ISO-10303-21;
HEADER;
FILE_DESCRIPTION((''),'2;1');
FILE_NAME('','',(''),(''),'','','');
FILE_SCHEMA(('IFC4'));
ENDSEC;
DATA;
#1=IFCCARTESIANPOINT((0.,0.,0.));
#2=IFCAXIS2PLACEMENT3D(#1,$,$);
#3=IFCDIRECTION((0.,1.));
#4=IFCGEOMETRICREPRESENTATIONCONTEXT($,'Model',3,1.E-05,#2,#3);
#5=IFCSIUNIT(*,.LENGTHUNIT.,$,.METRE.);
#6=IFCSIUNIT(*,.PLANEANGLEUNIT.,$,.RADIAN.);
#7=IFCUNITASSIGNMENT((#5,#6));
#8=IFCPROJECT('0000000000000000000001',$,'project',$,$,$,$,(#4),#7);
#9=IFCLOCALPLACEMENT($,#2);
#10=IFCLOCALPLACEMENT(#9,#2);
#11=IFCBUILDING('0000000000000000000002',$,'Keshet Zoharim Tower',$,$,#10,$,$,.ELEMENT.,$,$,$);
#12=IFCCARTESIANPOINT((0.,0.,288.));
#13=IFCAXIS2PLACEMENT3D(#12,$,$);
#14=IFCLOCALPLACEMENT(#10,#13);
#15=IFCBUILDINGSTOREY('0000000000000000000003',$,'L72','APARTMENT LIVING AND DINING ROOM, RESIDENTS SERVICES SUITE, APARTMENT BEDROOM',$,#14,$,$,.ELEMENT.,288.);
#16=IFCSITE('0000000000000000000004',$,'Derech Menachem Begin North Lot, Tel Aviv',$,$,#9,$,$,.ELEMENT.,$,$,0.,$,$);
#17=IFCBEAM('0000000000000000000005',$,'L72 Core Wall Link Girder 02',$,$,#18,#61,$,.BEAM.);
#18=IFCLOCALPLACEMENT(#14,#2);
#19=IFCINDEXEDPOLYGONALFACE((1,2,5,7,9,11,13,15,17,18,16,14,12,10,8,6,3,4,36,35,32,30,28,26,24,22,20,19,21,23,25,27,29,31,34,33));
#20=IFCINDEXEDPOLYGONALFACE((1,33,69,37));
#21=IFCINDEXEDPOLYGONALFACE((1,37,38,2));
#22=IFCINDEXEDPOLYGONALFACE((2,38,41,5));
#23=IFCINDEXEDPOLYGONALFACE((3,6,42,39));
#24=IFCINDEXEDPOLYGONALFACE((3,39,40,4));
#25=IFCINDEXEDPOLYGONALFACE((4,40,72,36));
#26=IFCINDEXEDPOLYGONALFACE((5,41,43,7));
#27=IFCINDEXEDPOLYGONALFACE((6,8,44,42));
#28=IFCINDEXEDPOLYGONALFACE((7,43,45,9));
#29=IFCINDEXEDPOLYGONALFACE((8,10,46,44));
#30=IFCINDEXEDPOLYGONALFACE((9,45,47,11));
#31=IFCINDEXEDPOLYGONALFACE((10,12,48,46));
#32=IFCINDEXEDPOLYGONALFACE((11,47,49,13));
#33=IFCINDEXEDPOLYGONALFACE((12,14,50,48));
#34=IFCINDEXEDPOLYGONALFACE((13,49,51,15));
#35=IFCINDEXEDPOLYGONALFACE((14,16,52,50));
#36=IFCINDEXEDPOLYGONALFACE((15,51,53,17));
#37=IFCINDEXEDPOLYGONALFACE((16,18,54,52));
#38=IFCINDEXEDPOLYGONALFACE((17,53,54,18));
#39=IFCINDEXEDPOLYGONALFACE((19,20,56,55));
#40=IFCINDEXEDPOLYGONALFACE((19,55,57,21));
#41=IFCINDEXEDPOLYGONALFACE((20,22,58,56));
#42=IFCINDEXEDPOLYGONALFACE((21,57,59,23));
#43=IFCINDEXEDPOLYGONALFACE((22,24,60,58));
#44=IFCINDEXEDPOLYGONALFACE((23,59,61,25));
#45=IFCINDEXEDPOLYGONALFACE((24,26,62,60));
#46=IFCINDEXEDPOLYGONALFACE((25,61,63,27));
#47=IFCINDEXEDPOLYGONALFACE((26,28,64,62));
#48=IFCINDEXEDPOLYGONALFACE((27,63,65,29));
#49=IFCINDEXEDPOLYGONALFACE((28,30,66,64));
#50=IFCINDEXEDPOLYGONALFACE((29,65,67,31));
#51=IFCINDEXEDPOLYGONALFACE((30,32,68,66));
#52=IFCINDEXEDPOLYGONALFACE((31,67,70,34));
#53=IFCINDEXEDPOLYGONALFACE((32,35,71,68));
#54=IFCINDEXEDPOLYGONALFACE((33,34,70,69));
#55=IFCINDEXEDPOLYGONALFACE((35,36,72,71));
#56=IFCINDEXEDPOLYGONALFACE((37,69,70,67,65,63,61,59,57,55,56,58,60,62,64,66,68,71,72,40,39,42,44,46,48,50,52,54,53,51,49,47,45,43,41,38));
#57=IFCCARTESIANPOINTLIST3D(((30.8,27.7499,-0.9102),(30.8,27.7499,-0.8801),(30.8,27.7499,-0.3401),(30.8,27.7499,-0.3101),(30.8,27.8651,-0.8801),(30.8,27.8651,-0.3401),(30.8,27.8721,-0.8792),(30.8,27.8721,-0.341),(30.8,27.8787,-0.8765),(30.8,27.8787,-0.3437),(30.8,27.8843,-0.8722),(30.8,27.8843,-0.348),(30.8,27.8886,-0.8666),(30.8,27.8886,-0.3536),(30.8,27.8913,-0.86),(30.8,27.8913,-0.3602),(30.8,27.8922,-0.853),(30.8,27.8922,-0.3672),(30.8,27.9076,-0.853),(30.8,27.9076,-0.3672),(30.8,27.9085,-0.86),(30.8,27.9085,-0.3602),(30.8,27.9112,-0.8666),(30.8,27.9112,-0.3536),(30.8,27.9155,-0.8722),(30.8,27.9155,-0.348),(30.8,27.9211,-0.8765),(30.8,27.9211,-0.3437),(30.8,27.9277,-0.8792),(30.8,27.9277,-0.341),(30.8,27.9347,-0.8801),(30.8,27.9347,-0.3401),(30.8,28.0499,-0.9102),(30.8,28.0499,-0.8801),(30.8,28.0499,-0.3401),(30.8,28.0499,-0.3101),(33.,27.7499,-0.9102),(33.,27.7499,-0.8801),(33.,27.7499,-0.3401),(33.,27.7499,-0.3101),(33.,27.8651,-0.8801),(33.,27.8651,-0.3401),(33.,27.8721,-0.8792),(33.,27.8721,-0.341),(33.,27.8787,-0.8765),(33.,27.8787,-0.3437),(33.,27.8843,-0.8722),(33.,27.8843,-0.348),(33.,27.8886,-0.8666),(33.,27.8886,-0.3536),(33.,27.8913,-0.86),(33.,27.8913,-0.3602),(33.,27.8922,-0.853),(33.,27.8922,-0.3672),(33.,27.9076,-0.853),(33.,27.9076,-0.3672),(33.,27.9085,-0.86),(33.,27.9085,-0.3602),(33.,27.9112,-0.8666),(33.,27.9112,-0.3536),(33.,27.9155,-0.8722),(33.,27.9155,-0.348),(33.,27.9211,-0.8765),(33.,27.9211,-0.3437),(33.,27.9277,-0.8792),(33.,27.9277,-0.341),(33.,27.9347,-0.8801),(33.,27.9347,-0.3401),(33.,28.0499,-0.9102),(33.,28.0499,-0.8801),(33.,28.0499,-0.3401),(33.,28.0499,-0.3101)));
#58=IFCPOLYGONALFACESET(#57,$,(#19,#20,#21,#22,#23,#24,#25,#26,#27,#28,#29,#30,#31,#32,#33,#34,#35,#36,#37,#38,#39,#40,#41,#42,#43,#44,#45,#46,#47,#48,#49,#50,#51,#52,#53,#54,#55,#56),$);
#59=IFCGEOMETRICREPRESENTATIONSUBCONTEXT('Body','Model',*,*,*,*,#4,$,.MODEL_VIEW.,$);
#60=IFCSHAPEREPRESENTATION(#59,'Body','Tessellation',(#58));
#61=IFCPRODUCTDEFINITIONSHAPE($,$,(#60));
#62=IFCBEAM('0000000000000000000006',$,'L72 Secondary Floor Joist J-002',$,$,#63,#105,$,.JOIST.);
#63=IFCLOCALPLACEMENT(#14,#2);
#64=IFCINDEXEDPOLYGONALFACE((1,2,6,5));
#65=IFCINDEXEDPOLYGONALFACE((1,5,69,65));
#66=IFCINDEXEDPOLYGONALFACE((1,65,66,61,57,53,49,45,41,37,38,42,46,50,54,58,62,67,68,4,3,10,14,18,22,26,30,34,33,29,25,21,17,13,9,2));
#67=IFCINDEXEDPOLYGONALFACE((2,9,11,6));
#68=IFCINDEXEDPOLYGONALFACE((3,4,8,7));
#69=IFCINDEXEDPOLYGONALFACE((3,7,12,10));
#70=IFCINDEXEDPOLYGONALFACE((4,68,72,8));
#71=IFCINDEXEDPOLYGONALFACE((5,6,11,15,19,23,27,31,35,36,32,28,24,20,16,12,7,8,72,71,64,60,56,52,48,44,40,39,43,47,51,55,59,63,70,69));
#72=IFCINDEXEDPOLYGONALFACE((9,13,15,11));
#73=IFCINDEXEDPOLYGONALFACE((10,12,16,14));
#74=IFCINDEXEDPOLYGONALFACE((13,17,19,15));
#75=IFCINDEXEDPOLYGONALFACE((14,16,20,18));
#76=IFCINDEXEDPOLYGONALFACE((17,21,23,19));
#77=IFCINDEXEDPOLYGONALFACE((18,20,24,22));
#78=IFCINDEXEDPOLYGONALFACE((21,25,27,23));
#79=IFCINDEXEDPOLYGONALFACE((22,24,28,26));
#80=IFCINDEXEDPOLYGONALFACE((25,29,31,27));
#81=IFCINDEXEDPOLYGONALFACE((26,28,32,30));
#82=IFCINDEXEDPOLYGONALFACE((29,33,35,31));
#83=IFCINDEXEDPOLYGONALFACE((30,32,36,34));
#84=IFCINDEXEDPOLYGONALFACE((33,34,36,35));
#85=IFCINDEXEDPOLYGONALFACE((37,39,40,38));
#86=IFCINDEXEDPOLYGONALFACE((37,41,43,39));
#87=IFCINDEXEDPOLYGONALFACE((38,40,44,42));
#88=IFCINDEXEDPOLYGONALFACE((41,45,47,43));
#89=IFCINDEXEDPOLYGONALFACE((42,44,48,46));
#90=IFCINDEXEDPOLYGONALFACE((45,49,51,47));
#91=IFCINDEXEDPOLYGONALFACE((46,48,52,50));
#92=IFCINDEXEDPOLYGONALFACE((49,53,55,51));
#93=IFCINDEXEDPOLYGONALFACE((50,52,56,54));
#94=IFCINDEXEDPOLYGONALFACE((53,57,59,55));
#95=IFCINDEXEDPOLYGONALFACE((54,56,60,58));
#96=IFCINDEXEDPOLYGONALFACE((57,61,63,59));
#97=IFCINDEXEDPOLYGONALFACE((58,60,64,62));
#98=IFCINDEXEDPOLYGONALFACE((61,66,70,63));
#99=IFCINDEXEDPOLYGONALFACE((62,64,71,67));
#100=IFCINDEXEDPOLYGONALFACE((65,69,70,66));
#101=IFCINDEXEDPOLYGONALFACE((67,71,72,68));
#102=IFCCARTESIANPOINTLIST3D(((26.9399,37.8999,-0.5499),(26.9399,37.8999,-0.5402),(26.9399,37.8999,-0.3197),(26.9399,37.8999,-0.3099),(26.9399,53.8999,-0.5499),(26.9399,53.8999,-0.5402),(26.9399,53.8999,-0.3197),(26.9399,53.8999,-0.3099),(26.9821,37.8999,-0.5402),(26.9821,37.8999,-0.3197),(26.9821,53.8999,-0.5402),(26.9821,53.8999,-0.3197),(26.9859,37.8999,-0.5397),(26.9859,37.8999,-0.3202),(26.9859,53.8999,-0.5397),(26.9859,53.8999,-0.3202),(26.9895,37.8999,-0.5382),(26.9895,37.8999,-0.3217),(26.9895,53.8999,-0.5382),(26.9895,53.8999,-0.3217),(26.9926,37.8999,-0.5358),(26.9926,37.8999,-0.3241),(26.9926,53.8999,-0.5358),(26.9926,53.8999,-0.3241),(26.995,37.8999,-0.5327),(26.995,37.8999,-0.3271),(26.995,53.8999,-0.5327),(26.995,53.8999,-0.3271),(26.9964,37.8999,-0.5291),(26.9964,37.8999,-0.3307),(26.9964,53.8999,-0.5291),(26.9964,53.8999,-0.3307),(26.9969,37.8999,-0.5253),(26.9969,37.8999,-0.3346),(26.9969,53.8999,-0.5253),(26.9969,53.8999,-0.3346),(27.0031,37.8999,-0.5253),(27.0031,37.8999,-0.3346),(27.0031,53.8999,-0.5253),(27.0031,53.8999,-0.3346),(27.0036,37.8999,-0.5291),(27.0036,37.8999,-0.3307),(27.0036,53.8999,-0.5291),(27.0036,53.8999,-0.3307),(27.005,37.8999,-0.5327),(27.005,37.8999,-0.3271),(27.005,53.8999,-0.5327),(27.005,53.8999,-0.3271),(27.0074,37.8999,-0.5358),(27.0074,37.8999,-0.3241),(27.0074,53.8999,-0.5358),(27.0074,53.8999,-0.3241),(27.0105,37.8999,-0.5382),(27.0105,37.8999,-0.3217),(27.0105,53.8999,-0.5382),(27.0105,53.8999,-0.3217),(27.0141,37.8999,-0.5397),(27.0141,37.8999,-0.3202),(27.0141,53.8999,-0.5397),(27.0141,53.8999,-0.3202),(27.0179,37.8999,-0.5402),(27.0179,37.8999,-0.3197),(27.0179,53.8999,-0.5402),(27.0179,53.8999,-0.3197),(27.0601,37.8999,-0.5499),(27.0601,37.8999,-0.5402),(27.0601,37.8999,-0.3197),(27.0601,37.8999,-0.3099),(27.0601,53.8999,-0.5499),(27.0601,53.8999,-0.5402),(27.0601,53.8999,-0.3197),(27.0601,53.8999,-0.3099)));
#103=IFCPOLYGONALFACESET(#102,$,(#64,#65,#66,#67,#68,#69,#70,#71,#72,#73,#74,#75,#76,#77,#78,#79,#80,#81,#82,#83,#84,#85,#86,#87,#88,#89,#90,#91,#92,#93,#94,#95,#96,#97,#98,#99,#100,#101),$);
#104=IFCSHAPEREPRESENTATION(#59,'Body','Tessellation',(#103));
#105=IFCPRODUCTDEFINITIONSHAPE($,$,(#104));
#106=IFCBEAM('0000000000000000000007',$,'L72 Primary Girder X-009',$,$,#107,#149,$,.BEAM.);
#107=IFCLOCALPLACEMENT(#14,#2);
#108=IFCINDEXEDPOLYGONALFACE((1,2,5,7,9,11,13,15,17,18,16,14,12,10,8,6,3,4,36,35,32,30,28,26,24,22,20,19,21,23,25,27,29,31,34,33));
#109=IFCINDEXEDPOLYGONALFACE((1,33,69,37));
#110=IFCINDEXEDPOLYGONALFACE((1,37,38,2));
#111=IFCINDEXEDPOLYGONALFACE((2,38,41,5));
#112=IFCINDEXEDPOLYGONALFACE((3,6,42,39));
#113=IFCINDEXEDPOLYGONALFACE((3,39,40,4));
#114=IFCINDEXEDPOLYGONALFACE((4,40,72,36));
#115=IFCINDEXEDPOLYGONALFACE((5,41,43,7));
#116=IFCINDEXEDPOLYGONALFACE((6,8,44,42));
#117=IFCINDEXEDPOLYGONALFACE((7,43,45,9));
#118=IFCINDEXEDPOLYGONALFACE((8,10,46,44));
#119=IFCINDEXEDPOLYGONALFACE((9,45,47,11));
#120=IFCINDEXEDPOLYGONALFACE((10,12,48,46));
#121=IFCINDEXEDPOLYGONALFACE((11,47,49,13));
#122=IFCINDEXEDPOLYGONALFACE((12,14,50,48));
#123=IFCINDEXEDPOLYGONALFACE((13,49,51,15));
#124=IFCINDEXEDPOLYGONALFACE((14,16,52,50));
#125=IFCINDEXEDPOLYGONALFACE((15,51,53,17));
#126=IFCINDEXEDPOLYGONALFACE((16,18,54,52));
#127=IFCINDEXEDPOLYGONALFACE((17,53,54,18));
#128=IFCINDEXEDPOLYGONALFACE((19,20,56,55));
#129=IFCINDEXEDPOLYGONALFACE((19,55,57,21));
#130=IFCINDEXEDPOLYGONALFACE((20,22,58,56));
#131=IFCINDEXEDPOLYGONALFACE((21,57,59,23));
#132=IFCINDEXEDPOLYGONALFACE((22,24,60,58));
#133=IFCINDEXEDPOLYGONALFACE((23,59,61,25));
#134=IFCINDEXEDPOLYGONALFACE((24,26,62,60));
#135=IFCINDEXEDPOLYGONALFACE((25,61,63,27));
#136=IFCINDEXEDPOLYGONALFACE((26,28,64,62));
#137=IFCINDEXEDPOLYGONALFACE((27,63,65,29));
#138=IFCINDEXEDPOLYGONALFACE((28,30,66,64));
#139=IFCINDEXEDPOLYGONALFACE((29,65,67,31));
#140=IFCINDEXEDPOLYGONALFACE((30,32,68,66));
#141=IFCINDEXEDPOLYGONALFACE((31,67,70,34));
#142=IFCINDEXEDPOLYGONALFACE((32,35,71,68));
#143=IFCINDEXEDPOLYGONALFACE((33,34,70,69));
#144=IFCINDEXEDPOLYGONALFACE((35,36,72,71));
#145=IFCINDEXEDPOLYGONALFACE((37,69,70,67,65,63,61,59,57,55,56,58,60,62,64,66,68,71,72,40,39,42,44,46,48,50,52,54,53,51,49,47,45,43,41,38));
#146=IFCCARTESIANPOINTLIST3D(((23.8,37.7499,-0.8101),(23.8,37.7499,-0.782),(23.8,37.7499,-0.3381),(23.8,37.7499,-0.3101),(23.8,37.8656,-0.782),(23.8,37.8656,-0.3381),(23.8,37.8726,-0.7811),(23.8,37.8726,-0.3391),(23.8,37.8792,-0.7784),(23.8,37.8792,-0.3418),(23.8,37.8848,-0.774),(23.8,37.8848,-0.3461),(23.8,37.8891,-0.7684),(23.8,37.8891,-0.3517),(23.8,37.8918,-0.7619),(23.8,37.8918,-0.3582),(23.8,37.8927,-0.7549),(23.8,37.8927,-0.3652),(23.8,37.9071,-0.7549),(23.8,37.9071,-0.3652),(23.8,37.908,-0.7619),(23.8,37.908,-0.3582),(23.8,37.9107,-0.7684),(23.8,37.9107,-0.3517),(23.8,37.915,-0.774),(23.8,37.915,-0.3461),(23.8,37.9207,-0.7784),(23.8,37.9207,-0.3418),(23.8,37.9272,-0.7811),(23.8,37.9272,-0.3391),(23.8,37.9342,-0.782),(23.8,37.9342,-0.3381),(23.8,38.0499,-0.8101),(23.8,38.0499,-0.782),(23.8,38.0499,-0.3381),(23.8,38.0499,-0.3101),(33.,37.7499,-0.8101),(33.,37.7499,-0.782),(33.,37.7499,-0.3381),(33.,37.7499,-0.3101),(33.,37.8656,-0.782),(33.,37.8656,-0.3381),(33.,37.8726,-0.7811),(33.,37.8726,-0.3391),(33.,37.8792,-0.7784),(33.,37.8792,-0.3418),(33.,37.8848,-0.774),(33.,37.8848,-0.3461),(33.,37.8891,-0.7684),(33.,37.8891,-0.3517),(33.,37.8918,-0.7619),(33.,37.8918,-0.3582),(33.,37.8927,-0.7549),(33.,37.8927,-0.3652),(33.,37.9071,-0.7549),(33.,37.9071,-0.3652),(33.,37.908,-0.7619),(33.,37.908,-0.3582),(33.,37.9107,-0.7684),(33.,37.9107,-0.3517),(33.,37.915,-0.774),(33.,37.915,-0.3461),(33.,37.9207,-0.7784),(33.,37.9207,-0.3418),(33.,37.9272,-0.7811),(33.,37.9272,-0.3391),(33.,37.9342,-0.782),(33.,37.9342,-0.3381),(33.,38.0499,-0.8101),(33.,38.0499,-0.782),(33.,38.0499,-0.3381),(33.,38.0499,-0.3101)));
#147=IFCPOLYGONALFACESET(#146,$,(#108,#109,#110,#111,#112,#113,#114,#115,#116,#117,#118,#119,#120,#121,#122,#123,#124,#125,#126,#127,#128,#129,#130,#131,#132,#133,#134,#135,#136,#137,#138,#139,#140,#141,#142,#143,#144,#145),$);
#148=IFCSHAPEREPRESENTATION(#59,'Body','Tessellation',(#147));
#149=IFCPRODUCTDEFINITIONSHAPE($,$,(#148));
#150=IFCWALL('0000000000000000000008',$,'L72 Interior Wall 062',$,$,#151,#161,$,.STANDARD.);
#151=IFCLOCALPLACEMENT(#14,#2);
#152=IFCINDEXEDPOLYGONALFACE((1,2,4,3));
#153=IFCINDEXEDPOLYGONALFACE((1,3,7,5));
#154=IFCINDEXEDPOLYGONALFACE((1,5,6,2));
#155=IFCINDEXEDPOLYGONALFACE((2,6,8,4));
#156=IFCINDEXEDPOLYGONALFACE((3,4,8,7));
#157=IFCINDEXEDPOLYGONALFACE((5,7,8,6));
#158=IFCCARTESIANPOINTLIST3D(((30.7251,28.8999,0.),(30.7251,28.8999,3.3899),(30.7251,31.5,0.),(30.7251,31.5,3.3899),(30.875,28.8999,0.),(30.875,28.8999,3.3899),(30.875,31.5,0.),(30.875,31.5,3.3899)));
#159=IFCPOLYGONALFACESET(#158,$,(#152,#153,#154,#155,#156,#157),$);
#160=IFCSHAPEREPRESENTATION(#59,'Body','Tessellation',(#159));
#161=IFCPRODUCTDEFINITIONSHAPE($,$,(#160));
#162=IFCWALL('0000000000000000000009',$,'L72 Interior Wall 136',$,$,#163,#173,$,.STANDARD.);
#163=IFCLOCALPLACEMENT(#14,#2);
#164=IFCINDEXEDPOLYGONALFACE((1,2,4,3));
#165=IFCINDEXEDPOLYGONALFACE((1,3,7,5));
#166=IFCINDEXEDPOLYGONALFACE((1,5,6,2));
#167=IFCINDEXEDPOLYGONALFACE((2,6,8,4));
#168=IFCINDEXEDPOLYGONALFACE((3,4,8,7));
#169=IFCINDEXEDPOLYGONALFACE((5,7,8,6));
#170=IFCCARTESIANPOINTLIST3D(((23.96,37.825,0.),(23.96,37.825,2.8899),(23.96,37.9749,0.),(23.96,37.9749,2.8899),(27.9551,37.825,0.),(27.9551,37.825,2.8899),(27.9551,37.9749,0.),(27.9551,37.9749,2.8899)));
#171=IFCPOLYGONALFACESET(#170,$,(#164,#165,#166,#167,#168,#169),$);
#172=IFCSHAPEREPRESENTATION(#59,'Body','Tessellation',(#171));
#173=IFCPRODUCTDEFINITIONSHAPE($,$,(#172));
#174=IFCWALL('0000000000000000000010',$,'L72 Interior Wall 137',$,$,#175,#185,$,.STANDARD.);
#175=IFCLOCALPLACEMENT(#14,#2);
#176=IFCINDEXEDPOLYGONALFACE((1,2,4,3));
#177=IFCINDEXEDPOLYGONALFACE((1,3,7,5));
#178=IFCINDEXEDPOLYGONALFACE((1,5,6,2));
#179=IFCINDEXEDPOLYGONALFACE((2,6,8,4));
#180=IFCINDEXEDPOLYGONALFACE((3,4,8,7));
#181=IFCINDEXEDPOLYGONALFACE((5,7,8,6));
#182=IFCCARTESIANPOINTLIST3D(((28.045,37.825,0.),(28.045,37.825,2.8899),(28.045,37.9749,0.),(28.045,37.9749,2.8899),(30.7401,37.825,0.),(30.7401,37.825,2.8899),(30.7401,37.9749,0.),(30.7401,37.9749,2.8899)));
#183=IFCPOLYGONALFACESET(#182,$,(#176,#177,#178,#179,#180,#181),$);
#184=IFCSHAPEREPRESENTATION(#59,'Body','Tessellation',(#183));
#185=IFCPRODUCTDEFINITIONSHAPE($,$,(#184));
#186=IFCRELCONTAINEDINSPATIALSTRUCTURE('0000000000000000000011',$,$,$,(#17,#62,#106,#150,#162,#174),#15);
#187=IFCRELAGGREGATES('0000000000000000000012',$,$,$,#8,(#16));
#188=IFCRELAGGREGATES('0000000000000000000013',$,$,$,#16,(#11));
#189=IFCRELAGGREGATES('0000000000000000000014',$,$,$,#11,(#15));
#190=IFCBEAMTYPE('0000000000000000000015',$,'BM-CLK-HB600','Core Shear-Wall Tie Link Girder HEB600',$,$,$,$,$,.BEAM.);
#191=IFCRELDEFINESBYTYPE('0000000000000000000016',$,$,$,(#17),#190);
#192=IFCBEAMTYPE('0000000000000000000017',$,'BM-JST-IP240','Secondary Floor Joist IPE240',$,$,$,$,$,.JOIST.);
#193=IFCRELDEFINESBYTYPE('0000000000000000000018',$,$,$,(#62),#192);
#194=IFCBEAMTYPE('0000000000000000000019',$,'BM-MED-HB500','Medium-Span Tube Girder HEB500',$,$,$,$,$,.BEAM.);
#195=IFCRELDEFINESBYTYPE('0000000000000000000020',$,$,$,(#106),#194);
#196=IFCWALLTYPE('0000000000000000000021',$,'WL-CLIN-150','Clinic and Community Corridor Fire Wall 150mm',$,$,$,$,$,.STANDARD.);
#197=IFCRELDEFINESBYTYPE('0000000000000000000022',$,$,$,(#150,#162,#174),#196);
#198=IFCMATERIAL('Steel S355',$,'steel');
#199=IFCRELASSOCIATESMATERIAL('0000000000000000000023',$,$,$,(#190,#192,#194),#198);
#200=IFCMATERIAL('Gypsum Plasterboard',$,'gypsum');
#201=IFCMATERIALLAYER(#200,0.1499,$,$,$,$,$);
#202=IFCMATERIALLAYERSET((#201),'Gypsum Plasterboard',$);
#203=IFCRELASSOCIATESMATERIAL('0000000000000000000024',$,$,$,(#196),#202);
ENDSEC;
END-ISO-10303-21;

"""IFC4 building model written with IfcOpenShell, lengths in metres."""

from ifc_helpers import new_model, si_unit, direction, frame, frame_2d, origin, origin_2d, place, context, subcontext, project, spatial, rectangle, i_section, extrude, material, layer, layer_set, material_profile, profile_set, type_object, element, save


model = new_model("IFC4")

# Units and contexts
model_context = context("Model", 3, precision=1e-05, world=origin(), true_north=direction((0.0, 1.0)))
body_context = subcontext(model_context, "Body", "Model", "MODEL_VIEW")
ifc_project = project(units=[si_unit("LENGTHUNIT", "METRE"), si_unit("PLANEANGLEUNIT", "RADIAN")], contexts=[model_context])

# Site, building, storey
site_placement = place(None, origin())
site = spatial("IfcSite", under=ifc_project, at=site_placement, Name="Derech Menachem Begin North Lot, Tel Aviv", CompositionType="ELEMENT", RefElevation=0.0)
building_placement = place(site_placement, origin())
building = spatial("IfcBuilding", under=site, at=building_placement, Name="Keshet Zoharim Tower", CompositionType="ELEMENT")
storey_placement = place(building_placement, frame((0.0, 0.0, 288.0)))
storey = spatial("IfcBuildingStorey", under=building, at=storey_placement, Name="L72", Description="APARTMENT LIVING AND DINING ROOM, RESIDENTS SERVICES SUITE, APARTMENT BEDROOM", CompositionType="ELEMENT", Elevation=288.0)

# Beams
ifc_material_1 = material(Name="Steel S355", Category="steel")
ifc_material_profile_1 = material_profile(ifc_material_1, i_section(OverallWidth=0.3, OverallDepth=0.6001, WebThickness=0.0154, FlangeThickness=0.03, FilletRadius=0.0271, at=origin_2d()), Name="HEB600")
ifc_profile_set_1 = profile_set([ifc_material_profile_1], Name="Steel S355")
beam_type_1 = type_object("IfcBeamType", Name="BM-CLK-HB600", Description="Core Shear-Wall Tie Link Girder HEB600", PredefinedType="BEAM", material=ifc_profile_set_1)
beam_1_placement = place(storey_placement, frame((30.8, 27.8999, -0.6101), z_axis=(1.0, 0.0, 0.0), x_axis=(0.0, 1.0, 0.0)))
element("IfcBeam", 1, at=beam_1_placement, inside=storey, type_object=beam_type_1, Name="L72 Core Wall Link Girder 02", PredefinedType="BEAM", context=body_context, shape_type="SweptSolid", body=[
    extrude(i_section(OverallWidth=0.3, OverallDepth=0.6001, WebThickness=0.0154, FlangeThickness=0.03, FilletRadius=0.0271, at=origin_2d()), origin(), (0.0, 0.0, 1.0), 2.2),
])
ifc_material_profile_2 = material_profile(ifc_material_1, i_section(OverallWidth=0.1201, OverallDepth=0.24, WebThickness=0.0061, FlangeThickness=0.0098, FilletRadius=0.0149, at=origin_2d()), Name="IPE240")
ifc_profile_set_2 = profile_set([ifc_material_profile_2], Name="Steel S355")
beam_type_2 = type_object("IfcBeamType", Name="BM-JST-IP240", Description="Secondary Floor Joist IPE240", PredefinedType="JOIST", material=ifc_profile_set_2)
beam_2_placement = place(storey_placement, frame((27.0, 37.8999, -0.4299), z_axis=(0.0, 1.0, 0.0), x_axis=(-1.0, 0.0, 0.0)))
element("IfcBeam", 2, at=beam_2_placement, inside=storey, type_object=beam_type_2, Name="L72 Secondary Floor Joist J-002", PredefinedType="JOIST", context=body_context, shape_type="SweptSolid", body=[
    extrude(i_section(OverallWidth=0.1201, OverallDepth=0.24, WebThickness=0.0061, FlangeThickness=0.0098, FilletRadius=0.0149, at=origin_2d()), origin(), (0.0, 0.0, 1.0), 16.0),
])
ifc_material_profile_3 = material_profile(ifc_material_1, i_section(OverallWidth=0.3, OverallDepth=0.5, WebThickness=0.0144, FlangeThickness=0.0281, FilletRadius=0.0271, at=origin_2d()), Name="HEB500")
ifc_profile_set_3 = profile_set([ifc_material_profile_3], Name="Steel S355")
beam_type_3 = type_object("IfcBeamType", Name="BM-MED-HB500", Description="Medium-Span Tube Girder HEB500", PredefinedType="BEAM", material=ifc_profile_set_3)
beam_3_placement = place(storey_placement, frame((23.8, 37.8999, -0.5601), z_axis=(1.0, 0.0, 0.0), x_axis=(0.0, 1.0, 0.0)))
element("IfcBeam", 3, at=beam_3_placement, inside=storey, type_object=beam_type_3, Name="L72 Primary Girder X-009", PredefinedType="BEAM", context=body_context, shape_type="SweptSolid", body=[
    extrude(i_section(OverallWidth=0.3, OverallDepth=0.5, WebThickness=0.0144, FlangeThickness=0.0281, FilletRadius=0.0271, at=origin_2d()), origin(), (0.0, 0.0, 1.0), 9.2),
])

# Walls
ifc_material_2 = material(Name="Gypsum Plasterboard", Category="gypsum")
ifc_layer_1 = layer(ifc_material_2, 0.1499)
ifc_layer_set_1 = layer_set([ifc_layer_1], Name="Gypsum Plasterboard")
wall_type_1 = type_object("IfcWallType", Name="WL-CLIN-150", Description="Clinic and Community Corridor Fire Wall 150mm", PredefinedType="STANDARD", material=ifc_layer_set_1)
wall_1_placement = place(storey_placement, frame((30.8, 28.8999, 0.0), z_axis=(0.0, 0.0, 1.0), x_axis=(0.0, 1.0, 0.0)))
element("IfcWall", 4, at=wall_1_placement, inside=storey, type_object=wall_type_1, Name="L72 Interior Wall 062", PredefinedType="STANDARD", context=body_context, shape_type="SweptSolid", body=[
    extrude(rectangle(XDim=2.6001, YDim=0.1499, at=frame_2d((1.3, 0.0))), origin(), (0.0, 0.0, 1.0), 3.3899),
])
wall_2_placement = place(storey_placement, frame((23.96, 37.8999, 0.0), z_axis=(0.0, 0.0, 1.0), x_axis=(1.0, 0.0, 0.0)))
element("IfcWall", 5, at=wall_2_placement, inside=storey, type_object=wall_type_1, Name="L72 Interior Wall 136", PredefinedType="STANDARD", context=body_context, shape_type="SweptSolid", body=[
    extrude(rectangle(XDim=3.9951, YDim=0.1499, at=frame_2d((1.9976, 0.0))), origin(), (0.0, 0.0, 1.0), 2.8899),
])
wall_3_placement = place(storey_placement, frame((28.0449, 37.8999, 0.0), z_axis=(0.0, 0.0, 1.0), x_axis=(1.0, 0.0, 0.0)))
element("IfcWall", 6, at=wall_3_placement, inside=storey, type_object=wall_type_1, Name="L72 Interior Wall 137", PredefinedType="STANDARD", context=body_context, shape_type="SweptSolid", body=[
    extrude(rectangle(XDim=2.6951, YDim=0.1499, at=frame_2d((1.3477, 0.0))), origin(), (0.0, 0.0, 1.0), 2.8899),
])

save(model, "model.ifc")
